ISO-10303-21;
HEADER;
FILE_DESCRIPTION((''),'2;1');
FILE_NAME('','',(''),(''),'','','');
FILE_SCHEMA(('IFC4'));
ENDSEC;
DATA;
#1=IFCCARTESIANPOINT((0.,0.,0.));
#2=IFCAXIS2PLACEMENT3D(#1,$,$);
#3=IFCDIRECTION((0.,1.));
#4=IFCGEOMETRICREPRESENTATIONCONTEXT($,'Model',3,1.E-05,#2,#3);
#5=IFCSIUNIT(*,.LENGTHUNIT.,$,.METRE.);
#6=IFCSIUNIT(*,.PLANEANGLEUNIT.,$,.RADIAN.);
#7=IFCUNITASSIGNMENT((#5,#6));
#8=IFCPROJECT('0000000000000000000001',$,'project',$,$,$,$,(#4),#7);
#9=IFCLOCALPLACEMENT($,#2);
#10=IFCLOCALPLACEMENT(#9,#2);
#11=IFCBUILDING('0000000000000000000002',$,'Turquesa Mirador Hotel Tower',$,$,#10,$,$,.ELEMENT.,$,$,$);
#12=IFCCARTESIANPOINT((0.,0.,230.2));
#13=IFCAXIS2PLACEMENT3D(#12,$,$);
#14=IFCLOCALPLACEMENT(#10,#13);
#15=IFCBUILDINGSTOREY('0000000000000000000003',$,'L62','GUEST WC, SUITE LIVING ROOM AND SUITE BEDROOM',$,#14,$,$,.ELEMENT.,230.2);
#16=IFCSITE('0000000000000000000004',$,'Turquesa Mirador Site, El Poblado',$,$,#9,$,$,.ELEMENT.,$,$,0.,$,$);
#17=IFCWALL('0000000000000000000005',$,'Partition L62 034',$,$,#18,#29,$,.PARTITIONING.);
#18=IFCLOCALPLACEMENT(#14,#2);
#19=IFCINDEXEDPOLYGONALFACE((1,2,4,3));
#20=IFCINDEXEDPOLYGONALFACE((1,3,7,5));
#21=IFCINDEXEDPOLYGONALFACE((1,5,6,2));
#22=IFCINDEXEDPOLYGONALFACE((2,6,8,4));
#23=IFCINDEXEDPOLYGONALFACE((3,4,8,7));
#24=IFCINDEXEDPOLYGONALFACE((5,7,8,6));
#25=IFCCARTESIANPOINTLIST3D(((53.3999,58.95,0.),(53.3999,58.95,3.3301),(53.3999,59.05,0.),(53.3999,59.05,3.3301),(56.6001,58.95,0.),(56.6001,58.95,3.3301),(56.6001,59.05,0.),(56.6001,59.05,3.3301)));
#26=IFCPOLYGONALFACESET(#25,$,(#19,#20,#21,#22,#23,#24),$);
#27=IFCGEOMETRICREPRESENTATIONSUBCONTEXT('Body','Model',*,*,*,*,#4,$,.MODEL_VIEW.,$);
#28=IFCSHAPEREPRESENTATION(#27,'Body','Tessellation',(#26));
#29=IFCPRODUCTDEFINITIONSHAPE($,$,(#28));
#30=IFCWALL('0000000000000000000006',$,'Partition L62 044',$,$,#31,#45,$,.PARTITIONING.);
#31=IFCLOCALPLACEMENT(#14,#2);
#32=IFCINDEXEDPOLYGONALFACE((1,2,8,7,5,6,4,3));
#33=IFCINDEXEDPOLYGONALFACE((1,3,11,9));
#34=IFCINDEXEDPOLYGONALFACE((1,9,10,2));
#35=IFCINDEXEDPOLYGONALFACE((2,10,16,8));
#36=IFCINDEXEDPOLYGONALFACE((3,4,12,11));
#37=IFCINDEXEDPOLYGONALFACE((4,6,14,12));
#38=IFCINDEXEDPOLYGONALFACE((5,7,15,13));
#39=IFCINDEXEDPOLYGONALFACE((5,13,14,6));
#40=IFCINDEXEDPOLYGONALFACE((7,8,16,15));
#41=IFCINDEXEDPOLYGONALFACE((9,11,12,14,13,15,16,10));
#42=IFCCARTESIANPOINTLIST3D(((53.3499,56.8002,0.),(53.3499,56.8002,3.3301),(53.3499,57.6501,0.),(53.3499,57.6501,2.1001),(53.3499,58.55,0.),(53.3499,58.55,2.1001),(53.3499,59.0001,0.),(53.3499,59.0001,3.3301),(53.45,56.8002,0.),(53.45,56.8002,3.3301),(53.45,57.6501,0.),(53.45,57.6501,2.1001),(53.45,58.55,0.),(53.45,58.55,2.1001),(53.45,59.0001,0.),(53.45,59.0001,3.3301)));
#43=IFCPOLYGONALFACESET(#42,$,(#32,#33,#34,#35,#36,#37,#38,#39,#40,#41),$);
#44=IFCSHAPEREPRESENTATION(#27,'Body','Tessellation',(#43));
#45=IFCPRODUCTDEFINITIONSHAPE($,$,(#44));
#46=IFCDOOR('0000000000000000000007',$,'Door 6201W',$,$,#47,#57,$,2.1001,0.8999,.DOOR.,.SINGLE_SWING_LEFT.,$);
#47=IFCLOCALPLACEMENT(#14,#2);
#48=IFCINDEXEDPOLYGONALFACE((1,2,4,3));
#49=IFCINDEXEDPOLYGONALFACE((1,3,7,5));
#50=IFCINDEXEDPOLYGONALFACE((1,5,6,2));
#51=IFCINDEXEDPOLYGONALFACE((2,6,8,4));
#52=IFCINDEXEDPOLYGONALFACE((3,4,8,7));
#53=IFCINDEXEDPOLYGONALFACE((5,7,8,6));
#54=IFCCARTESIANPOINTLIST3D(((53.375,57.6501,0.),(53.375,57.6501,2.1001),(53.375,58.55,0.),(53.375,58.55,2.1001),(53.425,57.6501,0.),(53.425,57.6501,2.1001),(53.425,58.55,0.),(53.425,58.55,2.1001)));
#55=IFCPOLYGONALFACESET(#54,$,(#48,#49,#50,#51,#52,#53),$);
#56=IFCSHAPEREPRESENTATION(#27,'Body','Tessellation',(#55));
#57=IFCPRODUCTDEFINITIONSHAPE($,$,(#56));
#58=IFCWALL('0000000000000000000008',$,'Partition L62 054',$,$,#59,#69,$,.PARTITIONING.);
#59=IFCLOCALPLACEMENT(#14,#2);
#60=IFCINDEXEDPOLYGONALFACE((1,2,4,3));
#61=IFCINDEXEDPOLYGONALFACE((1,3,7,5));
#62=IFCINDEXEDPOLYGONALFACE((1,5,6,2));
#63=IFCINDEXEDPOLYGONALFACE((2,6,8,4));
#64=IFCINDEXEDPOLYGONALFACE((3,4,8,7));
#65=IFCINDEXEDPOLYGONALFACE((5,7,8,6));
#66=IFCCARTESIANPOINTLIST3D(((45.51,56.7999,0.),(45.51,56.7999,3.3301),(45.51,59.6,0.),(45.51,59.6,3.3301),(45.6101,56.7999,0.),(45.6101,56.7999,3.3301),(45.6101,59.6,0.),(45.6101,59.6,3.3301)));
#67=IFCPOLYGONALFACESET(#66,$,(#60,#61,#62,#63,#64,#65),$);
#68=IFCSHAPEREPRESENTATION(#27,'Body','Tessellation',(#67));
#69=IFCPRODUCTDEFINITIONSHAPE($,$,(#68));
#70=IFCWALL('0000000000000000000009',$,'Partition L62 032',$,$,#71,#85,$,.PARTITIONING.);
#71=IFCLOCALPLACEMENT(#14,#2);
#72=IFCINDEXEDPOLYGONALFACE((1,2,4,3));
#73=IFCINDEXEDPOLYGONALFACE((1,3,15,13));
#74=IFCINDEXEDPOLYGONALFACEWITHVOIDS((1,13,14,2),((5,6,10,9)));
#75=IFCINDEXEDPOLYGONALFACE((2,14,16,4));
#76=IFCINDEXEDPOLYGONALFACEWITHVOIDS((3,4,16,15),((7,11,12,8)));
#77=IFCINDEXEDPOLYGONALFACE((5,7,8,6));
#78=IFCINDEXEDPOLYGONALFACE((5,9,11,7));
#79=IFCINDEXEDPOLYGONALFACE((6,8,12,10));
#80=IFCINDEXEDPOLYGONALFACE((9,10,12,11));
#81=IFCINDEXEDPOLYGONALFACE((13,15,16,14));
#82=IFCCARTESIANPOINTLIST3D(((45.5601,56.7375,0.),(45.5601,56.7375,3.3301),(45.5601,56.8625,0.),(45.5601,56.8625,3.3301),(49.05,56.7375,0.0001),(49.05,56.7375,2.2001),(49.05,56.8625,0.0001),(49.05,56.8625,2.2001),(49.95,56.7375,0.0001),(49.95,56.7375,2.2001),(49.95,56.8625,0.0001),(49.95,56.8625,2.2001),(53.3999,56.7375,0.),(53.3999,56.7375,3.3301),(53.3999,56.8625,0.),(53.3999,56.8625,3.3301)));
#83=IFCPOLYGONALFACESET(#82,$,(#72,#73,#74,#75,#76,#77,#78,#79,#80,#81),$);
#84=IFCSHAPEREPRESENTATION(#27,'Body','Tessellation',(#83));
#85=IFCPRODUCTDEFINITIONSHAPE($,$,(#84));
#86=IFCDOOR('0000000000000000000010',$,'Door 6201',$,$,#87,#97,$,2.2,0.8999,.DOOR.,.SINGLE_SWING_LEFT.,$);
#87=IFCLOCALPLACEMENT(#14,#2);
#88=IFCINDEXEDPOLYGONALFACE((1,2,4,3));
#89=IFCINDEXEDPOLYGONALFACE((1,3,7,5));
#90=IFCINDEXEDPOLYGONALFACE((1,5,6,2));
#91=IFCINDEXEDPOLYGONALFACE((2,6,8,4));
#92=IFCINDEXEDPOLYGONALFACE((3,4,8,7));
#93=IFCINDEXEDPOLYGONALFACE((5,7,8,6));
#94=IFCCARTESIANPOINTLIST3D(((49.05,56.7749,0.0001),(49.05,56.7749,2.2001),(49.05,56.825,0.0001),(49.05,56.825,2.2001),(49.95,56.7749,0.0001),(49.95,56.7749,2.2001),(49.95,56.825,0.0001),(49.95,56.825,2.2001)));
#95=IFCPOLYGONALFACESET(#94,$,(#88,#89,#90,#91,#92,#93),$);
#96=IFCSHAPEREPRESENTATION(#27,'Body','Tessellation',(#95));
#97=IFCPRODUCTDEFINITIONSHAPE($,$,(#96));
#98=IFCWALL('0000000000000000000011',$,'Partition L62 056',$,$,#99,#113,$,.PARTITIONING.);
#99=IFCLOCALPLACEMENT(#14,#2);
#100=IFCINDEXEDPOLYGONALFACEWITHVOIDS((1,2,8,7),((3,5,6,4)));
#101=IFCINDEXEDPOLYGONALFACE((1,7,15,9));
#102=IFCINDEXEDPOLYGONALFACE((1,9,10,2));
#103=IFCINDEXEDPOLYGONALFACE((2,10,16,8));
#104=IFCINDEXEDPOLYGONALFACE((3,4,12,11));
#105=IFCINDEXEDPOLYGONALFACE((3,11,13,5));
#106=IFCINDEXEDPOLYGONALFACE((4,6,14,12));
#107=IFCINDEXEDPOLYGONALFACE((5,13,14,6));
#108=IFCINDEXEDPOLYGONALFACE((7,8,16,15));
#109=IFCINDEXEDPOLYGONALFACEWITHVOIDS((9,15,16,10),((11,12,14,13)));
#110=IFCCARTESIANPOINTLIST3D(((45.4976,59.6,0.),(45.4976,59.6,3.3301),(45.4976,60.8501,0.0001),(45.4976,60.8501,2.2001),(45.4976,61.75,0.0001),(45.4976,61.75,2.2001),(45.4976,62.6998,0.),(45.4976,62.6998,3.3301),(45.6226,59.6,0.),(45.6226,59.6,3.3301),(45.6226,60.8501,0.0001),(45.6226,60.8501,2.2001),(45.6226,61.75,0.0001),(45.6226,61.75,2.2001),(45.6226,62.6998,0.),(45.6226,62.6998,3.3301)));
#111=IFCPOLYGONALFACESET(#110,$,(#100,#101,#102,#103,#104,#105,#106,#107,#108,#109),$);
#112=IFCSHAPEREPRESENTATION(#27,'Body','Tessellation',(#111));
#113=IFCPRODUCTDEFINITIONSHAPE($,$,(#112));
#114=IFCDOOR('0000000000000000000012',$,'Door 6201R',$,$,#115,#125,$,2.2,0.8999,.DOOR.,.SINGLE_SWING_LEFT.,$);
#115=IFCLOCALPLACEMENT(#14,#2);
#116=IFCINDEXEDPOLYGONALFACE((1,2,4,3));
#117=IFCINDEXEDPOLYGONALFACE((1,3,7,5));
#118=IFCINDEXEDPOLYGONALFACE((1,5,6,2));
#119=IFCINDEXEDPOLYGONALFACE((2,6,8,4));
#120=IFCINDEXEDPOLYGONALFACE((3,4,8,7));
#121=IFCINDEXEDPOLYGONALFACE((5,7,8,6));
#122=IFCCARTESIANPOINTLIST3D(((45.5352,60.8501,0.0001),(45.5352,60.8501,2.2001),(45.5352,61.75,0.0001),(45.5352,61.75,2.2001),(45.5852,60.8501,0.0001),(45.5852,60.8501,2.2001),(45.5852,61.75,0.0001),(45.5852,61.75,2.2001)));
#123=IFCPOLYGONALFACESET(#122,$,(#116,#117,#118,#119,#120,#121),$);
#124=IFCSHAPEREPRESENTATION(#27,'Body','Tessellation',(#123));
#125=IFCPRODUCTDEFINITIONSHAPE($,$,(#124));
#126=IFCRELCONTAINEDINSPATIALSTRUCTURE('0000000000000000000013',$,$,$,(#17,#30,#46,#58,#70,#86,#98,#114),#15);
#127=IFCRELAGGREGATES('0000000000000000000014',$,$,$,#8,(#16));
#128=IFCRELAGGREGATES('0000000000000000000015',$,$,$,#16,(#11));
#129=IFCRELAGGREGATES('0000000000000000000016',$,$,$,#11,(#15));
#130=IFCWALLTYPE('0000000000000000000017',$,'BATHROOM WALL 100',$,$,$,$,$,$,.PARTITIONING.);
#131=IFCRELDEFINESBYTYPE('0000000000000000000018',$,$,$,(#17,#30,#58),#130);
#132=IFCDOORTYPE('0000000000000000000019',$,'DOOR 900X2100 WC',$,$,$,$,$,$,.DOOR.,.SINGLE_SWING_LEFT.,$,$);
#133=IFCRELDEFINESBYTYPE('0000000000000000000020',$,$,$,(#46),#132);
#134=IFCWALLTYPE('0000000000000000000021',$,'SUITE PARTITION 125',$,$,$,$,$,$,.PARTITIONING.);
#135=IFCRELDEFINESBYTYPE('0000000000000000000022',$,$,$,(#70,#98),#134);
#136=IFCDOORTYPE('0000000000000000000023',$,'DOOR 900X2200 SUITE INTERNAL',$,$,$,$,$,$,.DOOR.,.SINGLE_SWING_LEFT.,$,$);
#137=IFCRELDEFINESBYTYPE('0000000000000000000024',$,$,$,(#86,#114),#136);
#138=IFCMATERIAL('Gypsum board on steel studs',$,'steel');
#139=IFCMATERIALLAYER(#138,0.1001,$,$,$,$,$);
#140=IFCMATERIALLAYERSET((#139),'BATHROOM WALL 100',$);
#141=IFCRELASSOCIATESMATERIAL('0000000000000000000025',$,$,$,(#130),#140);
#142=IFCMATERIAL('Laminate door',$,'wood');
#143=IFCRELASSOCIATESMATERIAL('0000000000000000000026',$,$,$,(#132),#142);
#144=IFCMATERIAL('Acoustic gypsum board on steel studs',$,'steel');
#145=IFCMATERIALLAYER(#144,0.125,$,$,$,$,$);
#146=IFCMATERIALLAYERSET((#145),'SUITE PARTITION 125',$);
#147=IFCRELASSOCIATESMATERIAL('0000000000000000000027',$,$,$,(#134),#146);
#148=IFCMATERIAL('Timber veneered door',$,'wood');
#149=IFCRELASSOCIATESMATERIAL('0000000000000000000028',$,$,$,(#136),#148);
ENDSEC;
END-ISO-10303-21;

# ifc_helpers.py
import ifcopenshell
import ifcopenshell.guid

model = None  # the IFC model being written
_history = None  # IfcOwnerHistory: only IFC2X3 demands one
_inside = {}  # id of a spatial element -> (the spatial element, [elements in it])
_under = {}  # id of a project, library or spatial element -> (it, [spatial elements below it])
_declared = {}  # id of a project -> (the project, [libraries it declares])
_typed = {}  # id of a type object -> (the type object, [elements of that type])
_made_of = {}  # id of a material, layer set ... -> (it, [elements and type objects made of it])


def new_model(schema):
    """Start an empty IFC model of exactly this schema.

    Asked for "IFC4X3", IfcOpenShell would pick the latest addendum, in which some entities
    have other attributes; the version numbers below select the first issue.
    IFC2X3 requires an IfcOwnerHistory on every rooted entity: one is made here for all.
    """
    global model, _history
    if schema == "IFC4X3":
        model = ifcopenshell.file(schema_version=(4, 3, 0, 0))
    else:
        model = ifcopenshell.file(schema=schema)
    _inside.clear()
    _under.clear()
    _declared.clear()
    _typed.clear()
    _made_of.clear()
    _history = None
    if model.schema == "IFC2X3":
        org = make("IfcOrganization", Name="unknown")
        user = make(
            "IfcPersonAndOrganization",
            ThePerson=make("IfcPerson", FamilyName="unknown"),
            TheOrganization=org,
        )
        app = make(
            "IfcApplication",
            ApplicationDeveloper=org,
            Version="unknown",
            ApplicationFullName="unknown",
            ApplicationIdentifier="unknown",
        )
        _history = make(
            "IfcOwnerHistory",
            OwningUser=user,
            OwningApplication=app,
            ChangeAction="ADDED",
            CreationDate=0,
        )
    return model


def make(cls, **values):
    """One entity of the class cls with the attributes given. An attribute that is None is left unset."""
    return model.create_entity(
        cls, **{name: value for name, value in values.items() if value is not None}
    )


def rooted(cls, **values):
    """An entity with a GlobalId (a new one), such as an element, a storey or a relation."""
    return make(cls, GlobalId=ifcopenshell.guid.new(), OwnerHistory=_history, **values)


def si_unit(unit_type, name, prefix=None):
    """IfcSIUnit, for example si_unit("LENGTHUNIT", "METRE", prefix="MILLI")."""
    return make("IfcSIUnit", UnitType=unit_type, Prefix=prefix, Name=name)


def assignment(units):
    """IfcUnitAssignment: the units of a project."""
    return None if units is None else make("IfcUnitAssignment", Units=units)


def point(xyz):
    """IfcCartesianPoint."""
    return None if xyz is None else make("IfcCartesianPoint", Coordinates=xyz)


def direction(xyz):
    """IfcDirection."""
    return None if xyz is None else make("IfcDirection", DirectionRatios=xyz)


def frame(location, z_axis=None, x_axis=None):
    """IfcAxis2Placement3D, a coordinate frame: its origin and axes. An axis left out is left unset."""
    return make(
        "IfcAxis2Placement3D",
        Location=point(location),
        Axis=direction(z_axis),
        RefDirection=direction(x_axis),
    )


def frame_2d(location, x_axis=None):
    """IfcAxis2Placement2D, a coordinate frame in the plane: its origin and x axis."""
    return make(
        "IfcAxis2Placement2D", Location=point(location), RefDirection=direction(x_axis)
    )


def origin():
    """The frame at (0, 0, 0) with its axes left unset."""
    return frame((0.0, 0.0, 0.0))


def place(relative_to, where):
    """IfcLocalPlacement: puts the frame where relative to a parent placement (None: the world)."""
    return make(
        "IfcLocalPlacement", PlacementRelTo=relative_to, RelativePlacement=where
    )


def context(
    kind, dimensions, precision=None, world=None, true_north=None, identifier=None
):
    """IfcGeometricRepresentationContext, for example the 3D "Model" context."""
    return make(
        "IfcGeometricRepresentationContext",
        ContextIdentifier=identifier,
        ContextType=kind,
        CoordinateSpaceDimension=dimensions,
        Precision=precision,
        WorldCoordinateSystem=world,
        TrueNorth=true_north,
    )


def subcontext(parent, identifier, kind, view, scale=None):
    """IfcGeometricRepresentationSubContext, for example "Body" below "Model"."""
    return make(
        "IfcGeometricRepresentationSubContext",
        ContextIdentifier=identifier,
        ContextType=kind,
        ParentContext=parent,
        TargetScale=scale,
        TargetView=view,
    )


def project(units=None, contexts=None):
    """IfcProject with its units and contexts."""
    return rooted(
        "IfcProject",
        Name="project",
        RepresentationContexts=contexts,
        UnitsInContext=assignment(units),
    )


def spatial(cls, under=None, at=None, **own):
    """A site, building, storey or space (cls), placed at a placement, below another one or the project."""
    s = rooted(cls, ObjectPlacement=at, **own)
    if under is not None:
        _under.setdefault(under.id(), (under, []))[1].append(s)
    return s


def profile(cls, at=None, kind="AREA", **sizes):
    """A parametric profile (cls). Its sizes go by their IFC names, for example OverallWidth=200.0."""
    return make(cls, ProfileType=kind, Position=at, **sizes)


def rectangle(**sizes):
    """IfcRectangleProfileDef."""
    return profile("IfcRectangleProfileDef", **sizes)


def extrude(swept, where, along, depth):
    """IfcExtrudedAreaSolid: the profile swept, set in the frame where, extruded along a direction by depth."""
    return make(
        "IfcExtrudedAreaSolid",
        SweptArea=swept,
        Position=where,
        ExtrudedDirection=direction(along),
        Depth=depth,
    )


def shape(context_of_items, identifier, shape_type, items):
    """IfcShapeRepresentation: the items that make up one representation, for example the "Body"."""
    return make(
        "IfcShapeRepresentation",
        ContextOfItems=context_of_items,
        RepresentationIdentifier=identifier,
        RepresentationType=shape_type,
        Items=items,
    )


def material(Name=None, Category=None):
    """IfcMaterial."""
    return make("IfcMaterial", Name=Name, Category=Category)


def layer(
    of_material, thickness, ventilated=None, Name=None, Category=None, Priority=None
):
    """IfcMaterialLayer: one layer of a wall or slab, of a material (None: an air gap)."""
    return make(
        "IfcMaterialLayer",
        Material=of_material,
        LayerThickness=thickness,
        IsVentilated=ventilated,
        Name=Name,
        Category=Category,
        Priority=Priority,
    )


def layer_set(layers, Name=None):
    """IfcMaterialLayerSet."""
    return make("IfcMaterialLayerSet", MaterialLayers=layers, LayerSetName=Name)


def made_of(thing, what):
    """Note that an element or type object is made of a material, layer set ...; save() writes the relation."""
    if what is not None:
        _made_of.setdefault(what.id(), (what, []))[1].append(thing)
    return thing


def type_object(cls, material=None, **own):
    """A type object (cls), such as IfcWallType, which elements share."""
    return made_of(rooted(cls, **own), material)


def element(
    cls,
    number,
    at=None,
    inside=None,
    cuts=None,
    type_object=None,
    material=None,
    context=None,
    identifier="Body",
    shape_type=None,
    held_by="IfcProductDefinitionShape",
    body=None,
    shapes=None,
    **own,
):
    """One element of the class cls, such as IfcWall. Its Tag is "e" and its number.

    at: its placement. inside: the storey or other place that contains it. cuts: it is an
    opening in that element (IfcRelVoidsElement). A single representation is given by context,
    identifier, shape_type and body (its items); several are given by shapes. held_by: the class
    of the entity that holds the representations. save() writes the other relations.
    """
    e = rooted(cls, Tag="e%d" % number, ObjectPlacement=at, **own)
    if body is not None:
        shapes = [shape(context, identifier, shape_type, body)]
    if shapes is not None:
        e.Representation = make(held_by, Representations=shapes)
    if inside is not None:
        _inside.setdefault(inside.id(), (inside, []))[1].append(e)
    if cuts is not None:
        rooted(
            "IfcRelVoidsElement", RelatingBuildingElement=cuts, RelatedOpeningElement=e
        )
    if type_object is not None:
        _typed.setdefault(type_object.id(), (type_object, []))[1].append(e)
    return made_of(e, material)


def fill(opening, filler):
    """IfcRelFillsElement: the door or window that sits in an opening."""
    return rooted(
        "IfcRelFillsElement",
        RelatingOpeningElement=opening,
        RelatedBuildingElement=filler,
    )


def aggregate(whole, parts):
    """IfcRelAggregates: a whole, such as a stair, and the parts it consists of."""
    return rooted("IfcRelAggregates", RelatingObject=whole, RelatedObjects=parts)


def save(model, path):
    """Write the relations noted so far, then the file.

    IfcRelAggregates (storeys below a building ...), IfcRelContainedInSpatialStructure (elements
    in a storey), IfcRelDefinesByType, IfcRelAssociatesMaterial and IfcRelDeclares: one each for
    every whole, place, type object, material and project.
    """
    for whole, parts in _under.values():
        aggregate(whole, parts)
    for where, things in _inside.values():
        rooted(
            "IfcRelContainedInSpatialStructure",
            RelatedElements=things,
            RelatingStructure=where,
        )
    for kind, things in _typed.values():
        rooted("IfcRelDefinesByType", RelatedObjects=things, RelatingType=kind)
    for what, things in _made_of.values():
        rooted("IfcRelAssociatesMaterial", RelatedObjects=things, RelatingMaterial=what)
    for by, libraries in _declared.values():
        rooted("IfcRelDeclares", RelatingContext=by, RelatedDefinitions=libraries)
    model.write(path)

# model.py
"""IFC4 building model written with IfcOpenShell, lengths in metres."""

from ifc_helpers import new_model, si_unit, direction, frame, frame_2d, origin, place, context, subcontext, project, spatial, rectangle, extrude, material, layer, layer_set, type_object, element, fill, save


model = new_model("IFC4")

# Units and contexts
model_context = context("Model", 3, precision=1e-05, world=origin(), true_north=direction((0.0, 1.0)))
body_context = subcontext(model_context, "Body", "Model", "MODEL_VIEW")
ifc_project = project(units=[si_unit("LENGTHUNIT", "METRE"), si_unit("PLANEANGLEUNIT", "RADIAN")], contexts=[model_context])

# Site, building, storey
site_placement = place(None, origin())
site = spatial("IfcSite", under=ifc_project, at=site_placement, Name="Turquesa Mirador Site, El Poblado", CompositionType="ELEMENT", RefElevation=0.0)
building_placement = place(site_placement, origin())
building = spatial("IfcBuilding", under=site, at=building_placement, Name="Turquesa Mirador Hotel Tower", CompositionType="ELEMENT")
storey_placement = place(building_placement, frame((0.0, 0.0, 230.2)))
storey = spatial("IfcBuildingStorey", under=building, at=storey_placement, Name="L62", Description="GUEST WC, SUITE LIVING ROOM AND SUITE BEDROOM", CompositionType="ELEMENT", Elevation=230.2)

# Wall
ifc_material_1 = material(Name="Gypsum board on steel studs", Category="steel")
ifc_layer_1 = layer(ifc_material_1, 0.1001)
ifc_layer_set_1 = layer_set([ifc_layer_1], Name="BATHROOM WALL 100")
wall_type_1 = type_object("IfcWallType", Name="BATHROOM WALL 100", PredefinedType="PARTITIONING", material=ifc_layer_set_1)
for number, where, z_axis, x_axis, name in (
    (1, (53.3999, 59.0, 0.0), (0.0, 0.0, 1.0), (1.0, 0.0, 0.0), "Partition L62 034"),
):
    element("IfcWall", number, at=place(storey_placement, frame(where, z_axis=z_axis, x_axis=x_axis)), inside=storey, type_object=wall_type_1, Name=name, PredefinedType="PARTITIONING", context=body_context, shape_type="SweptSolid", body=[
        extrude(rectangle(XDim=3.2002, YDim=0.1001, at=frame_2d((1.6001, 0.0))), origin(), (0.0, 0.0, 1.0), 3.3301),
    ])

# Wall, opening, door
wall_1_placement = place(storey_placement, frame((53.3999, 56.8, 0.0), z_axis=(0.0, 0.0, 1.0), x_axis=(0.0, 1.0, 0.0)))
wall_1 = element("IfcWall", 2, at=wall_1_placement, inside=storey, type_object=wall_type_1, Name="Partition L62 044", PredefinedType="PARTITIONING", context=body_context, shape_type="SweptSolid", body=[
    extrude(rectangle(XDim=2.2, YDim=0.1001, at=frame_2d((1.1001, 0.0))), origin(), (0.0, 0.0, 1.0), 3.3301),
])
opening_1_placement = place(wall_1_placement, frame((0.8501, 0.0, 0.0)))
opening_1 = element("IfcOpeningElement", 3, at=opening_1_placement, cuts=wall_1, PredefinedType="OPENING", context=body_context, shape_type="SweptSolid", body=[
    extrude(rectangle(XDim=0.8999, YDim=2.1001, at=frame_2d((0.45, 1.05))), frame((0.0, 0.0601, 0.0), z_axis=(0.0, -1.0, 0.0), x_axis=(1.0, 0.0, 0.0)), (0.0, 0.0, 1.0), 0.1201),
])
ifc_material_2 = material(Name="Laminate door", Category="wood")
door_type_1 = type_object("IfcDoorType", Name="DOOR 900X2100 WC", OperationType="SINGLE_SWING_LEFT", PredefinedType="DOOR", material=ifc_material_2)
door_1_placement = place(opening_1_placement, origin())
door_1 = element("IfcDoor", 4, at=door_1_placement, inside=storey, type_object=door_type_1, Name="Door 6201W", OperationType="SINGLE_SWING_LEFT", OverallHeight=2.1001, OverallWidth=0.8999, PredefinedType="DOOR", context=body_context, shape_type="SweptSolid", body=[
    extrude(rectangle(XDim=0.8999, YDim=2.1001, at=frame_2d((0.45, 1.05))), frame((0.0, 0.0249, 0.0), z_axis=(0.0, -1.0, 0.0), x_axis=(1.0, 0.0, 0.0)), (0.0, 0.0, 1.0), 0.05),
])
fill(opening_1, door_1)

# Wall
wall_2_placement = place(storey_placement, frame((45.5601, 56.8, 0.0), z_axis=(0.0, 0.0, 1.0), x_axis=(0.0, 1.0, 0.0)))
element("IfcWall", 5, at=wall_2_placement, inside=storey, type_object=wall_type_1, Name="Partition L62 054", PredefinedType="PARTITIONING", context=body_context, shape_type="SweptSolid", body=[
    extrude(rectangle(XDim=2.8, YDim=0.1001, at=frame_2d((1.3999, 0.0))), origin(), (0.0, 0.0, 1.0), 3.3301),
])

# Walls, openings, doors
ifc_material_3 = material(Name="Acoustic gypsum board on steel studs", Category="steel")
ifc_layer_2 = layer(ifc_material_3, 0.125)
ifc_layer_set_2 = layer_set([ifc_layer_2], Name="SUITE PARTITION 125")
wall_type_2 = type_object("IfcWallType", Name="SUITE PARTITION 125", PredefinedType="PARTITIONING", material=ifc_layer_set_2)
wall_3_placement = place(storey_placement, frame((45.5601, 56.8, 0.0), z_axis=(0.0, 0.0, 1.0), x_axis=(1.0, 0.0, 0.0)))
wall_3 = element("IfcWall", 6, at=wall_3_placement, inside=storey, type_object=wall_type_2, Name="Partition L62 032", PredefinedType="PARTITIONING", context=body_context, shape_type="SweptSolid", body=[
    extrude(rectangle(XDim=7.8398, YDim=0.125, at=frame_2d((3.9199, 0.0))), origin(), (0.0, 0.0, 1.0), 3.3301),
])
opening_2_placement = place(wall_3_placement, frame((3.49, 0.0, 0.0)))
opening_2 = element("IfcOpeningElement", 7, at=opening_2_placement, cuts=wall_3, PredefinedType="OPENING", context=body_context, shape_type="SweptSolid", body=[
    extrude(rectangle(XDim=0.8999, YDim=2.2, at=frame_2d((0.45, 1.1001))), frame((0.0, 0.0725, 0.0), z_axis=(0.0, -1.0, 0.0), x_axis=(1.0, 0.0, 0.0)), (0.0, 0.0, 1.0), 0.145),
])
ifc_material_4 = material(Name="Timber veneered door", Category="wood")
door_type_2 = type_object("IfcDoorType", Name="DOOR 900X2200 SUITE INTERNAL", OperationType="SINGLE_SWING_LEFT", PredefinedType="DOOR", material=ifc_material_4)
door_2_placement = place(opening_2_placement, origin())
door_2 = element("IfcDoor", 8, at=door_2_placement, inside=storey, type_object=door_type_2, Name="Door 6201", OperationType="SINGLE_SWING_LEFT", OverallHeight=2.2, OverallWidth=0.8999, PredefinedType="DOOR", context=body_context, shape_type="SweptSolid", body=[
    extrude(rectangle(XDim=0.8999, YDim=2.2, at=frame_2d((0.45, 1.1001))), frame((0.0, 0.0249, 0.0), z_axis=(0.0, -1.0, 0.0), x_axis=(1.0, 0.0, 0.0)), (0.0, 0.0, 1.0), 0.05),
])
fill(opening_2, door_2)
wall_4_placement = place(storey_placement, frame((45.5601, 59.6001, 0.0), z_axis=(0.0, 0.0, 1.0), x_axis=(0.0, 1.0, 0.0)))
wall_4 = element("IfcWall", 9, at=wall_4_placement, inside=storey, type_object=wall_type_2, Name="Partition L62 056", PredefinedType="PARTITIONING", context=body_context, shape_type="SweptSolid", body=[
    extrude(rectangle(XDim=3.0999, YDim=0.125, at=frame_2d((1.5498, 0.0))), origin(), (0.0, 0.0, 1.0), 3.3301),
])
opening_3_placement = place(wall_4_placement, frame((1.25, 0.0, 0.0)))
opening_3 = element("IfcOpeningElement", 10, at=opening_3_placement, cuts=wall_4, PredefinedType="OPENING", context=body_context, shape_type="SweptSolid", body=[
    extrude(rectangle(XDim=0.8999, YDim=2.2, at=frame_2d((0.45, 1.1001))), frame((0.0, 0.0725, 0.0), z_axis=(0.0, -1.0, 0.0), x_axis=(1.0, 0.0, 0.0)), (0.0, 0.0, 1.0), 0.145),
])
door_3_placement = place(opening_3_placement, origin())
door_3 = element("IfcDoor", 11, at=door_3_placement, inside=storey, type_object=door_type_2, Name="Door 6201R", OperationType="SINGLE_SWING_LEFT", OverallHeight=2.2, OverallWidth=0.8999, PredefinedType="DOOR", context=body_context, shape_type="SweptSolid", body=[
    extrude(rectangle(XDim=0.8999, YDim=2.2, at=frame_2d((0.45, 1.1001))), frame((0.0, 0.0249, 0.0), z_axis=(0.0, -1.0, 0.0), x_axis=(1.0, 0.0, 0.0)), (0.0, 0.0, 1.0), 0.05),
])
fill(opening_3, door_3)

save(model, "model.ifc")
